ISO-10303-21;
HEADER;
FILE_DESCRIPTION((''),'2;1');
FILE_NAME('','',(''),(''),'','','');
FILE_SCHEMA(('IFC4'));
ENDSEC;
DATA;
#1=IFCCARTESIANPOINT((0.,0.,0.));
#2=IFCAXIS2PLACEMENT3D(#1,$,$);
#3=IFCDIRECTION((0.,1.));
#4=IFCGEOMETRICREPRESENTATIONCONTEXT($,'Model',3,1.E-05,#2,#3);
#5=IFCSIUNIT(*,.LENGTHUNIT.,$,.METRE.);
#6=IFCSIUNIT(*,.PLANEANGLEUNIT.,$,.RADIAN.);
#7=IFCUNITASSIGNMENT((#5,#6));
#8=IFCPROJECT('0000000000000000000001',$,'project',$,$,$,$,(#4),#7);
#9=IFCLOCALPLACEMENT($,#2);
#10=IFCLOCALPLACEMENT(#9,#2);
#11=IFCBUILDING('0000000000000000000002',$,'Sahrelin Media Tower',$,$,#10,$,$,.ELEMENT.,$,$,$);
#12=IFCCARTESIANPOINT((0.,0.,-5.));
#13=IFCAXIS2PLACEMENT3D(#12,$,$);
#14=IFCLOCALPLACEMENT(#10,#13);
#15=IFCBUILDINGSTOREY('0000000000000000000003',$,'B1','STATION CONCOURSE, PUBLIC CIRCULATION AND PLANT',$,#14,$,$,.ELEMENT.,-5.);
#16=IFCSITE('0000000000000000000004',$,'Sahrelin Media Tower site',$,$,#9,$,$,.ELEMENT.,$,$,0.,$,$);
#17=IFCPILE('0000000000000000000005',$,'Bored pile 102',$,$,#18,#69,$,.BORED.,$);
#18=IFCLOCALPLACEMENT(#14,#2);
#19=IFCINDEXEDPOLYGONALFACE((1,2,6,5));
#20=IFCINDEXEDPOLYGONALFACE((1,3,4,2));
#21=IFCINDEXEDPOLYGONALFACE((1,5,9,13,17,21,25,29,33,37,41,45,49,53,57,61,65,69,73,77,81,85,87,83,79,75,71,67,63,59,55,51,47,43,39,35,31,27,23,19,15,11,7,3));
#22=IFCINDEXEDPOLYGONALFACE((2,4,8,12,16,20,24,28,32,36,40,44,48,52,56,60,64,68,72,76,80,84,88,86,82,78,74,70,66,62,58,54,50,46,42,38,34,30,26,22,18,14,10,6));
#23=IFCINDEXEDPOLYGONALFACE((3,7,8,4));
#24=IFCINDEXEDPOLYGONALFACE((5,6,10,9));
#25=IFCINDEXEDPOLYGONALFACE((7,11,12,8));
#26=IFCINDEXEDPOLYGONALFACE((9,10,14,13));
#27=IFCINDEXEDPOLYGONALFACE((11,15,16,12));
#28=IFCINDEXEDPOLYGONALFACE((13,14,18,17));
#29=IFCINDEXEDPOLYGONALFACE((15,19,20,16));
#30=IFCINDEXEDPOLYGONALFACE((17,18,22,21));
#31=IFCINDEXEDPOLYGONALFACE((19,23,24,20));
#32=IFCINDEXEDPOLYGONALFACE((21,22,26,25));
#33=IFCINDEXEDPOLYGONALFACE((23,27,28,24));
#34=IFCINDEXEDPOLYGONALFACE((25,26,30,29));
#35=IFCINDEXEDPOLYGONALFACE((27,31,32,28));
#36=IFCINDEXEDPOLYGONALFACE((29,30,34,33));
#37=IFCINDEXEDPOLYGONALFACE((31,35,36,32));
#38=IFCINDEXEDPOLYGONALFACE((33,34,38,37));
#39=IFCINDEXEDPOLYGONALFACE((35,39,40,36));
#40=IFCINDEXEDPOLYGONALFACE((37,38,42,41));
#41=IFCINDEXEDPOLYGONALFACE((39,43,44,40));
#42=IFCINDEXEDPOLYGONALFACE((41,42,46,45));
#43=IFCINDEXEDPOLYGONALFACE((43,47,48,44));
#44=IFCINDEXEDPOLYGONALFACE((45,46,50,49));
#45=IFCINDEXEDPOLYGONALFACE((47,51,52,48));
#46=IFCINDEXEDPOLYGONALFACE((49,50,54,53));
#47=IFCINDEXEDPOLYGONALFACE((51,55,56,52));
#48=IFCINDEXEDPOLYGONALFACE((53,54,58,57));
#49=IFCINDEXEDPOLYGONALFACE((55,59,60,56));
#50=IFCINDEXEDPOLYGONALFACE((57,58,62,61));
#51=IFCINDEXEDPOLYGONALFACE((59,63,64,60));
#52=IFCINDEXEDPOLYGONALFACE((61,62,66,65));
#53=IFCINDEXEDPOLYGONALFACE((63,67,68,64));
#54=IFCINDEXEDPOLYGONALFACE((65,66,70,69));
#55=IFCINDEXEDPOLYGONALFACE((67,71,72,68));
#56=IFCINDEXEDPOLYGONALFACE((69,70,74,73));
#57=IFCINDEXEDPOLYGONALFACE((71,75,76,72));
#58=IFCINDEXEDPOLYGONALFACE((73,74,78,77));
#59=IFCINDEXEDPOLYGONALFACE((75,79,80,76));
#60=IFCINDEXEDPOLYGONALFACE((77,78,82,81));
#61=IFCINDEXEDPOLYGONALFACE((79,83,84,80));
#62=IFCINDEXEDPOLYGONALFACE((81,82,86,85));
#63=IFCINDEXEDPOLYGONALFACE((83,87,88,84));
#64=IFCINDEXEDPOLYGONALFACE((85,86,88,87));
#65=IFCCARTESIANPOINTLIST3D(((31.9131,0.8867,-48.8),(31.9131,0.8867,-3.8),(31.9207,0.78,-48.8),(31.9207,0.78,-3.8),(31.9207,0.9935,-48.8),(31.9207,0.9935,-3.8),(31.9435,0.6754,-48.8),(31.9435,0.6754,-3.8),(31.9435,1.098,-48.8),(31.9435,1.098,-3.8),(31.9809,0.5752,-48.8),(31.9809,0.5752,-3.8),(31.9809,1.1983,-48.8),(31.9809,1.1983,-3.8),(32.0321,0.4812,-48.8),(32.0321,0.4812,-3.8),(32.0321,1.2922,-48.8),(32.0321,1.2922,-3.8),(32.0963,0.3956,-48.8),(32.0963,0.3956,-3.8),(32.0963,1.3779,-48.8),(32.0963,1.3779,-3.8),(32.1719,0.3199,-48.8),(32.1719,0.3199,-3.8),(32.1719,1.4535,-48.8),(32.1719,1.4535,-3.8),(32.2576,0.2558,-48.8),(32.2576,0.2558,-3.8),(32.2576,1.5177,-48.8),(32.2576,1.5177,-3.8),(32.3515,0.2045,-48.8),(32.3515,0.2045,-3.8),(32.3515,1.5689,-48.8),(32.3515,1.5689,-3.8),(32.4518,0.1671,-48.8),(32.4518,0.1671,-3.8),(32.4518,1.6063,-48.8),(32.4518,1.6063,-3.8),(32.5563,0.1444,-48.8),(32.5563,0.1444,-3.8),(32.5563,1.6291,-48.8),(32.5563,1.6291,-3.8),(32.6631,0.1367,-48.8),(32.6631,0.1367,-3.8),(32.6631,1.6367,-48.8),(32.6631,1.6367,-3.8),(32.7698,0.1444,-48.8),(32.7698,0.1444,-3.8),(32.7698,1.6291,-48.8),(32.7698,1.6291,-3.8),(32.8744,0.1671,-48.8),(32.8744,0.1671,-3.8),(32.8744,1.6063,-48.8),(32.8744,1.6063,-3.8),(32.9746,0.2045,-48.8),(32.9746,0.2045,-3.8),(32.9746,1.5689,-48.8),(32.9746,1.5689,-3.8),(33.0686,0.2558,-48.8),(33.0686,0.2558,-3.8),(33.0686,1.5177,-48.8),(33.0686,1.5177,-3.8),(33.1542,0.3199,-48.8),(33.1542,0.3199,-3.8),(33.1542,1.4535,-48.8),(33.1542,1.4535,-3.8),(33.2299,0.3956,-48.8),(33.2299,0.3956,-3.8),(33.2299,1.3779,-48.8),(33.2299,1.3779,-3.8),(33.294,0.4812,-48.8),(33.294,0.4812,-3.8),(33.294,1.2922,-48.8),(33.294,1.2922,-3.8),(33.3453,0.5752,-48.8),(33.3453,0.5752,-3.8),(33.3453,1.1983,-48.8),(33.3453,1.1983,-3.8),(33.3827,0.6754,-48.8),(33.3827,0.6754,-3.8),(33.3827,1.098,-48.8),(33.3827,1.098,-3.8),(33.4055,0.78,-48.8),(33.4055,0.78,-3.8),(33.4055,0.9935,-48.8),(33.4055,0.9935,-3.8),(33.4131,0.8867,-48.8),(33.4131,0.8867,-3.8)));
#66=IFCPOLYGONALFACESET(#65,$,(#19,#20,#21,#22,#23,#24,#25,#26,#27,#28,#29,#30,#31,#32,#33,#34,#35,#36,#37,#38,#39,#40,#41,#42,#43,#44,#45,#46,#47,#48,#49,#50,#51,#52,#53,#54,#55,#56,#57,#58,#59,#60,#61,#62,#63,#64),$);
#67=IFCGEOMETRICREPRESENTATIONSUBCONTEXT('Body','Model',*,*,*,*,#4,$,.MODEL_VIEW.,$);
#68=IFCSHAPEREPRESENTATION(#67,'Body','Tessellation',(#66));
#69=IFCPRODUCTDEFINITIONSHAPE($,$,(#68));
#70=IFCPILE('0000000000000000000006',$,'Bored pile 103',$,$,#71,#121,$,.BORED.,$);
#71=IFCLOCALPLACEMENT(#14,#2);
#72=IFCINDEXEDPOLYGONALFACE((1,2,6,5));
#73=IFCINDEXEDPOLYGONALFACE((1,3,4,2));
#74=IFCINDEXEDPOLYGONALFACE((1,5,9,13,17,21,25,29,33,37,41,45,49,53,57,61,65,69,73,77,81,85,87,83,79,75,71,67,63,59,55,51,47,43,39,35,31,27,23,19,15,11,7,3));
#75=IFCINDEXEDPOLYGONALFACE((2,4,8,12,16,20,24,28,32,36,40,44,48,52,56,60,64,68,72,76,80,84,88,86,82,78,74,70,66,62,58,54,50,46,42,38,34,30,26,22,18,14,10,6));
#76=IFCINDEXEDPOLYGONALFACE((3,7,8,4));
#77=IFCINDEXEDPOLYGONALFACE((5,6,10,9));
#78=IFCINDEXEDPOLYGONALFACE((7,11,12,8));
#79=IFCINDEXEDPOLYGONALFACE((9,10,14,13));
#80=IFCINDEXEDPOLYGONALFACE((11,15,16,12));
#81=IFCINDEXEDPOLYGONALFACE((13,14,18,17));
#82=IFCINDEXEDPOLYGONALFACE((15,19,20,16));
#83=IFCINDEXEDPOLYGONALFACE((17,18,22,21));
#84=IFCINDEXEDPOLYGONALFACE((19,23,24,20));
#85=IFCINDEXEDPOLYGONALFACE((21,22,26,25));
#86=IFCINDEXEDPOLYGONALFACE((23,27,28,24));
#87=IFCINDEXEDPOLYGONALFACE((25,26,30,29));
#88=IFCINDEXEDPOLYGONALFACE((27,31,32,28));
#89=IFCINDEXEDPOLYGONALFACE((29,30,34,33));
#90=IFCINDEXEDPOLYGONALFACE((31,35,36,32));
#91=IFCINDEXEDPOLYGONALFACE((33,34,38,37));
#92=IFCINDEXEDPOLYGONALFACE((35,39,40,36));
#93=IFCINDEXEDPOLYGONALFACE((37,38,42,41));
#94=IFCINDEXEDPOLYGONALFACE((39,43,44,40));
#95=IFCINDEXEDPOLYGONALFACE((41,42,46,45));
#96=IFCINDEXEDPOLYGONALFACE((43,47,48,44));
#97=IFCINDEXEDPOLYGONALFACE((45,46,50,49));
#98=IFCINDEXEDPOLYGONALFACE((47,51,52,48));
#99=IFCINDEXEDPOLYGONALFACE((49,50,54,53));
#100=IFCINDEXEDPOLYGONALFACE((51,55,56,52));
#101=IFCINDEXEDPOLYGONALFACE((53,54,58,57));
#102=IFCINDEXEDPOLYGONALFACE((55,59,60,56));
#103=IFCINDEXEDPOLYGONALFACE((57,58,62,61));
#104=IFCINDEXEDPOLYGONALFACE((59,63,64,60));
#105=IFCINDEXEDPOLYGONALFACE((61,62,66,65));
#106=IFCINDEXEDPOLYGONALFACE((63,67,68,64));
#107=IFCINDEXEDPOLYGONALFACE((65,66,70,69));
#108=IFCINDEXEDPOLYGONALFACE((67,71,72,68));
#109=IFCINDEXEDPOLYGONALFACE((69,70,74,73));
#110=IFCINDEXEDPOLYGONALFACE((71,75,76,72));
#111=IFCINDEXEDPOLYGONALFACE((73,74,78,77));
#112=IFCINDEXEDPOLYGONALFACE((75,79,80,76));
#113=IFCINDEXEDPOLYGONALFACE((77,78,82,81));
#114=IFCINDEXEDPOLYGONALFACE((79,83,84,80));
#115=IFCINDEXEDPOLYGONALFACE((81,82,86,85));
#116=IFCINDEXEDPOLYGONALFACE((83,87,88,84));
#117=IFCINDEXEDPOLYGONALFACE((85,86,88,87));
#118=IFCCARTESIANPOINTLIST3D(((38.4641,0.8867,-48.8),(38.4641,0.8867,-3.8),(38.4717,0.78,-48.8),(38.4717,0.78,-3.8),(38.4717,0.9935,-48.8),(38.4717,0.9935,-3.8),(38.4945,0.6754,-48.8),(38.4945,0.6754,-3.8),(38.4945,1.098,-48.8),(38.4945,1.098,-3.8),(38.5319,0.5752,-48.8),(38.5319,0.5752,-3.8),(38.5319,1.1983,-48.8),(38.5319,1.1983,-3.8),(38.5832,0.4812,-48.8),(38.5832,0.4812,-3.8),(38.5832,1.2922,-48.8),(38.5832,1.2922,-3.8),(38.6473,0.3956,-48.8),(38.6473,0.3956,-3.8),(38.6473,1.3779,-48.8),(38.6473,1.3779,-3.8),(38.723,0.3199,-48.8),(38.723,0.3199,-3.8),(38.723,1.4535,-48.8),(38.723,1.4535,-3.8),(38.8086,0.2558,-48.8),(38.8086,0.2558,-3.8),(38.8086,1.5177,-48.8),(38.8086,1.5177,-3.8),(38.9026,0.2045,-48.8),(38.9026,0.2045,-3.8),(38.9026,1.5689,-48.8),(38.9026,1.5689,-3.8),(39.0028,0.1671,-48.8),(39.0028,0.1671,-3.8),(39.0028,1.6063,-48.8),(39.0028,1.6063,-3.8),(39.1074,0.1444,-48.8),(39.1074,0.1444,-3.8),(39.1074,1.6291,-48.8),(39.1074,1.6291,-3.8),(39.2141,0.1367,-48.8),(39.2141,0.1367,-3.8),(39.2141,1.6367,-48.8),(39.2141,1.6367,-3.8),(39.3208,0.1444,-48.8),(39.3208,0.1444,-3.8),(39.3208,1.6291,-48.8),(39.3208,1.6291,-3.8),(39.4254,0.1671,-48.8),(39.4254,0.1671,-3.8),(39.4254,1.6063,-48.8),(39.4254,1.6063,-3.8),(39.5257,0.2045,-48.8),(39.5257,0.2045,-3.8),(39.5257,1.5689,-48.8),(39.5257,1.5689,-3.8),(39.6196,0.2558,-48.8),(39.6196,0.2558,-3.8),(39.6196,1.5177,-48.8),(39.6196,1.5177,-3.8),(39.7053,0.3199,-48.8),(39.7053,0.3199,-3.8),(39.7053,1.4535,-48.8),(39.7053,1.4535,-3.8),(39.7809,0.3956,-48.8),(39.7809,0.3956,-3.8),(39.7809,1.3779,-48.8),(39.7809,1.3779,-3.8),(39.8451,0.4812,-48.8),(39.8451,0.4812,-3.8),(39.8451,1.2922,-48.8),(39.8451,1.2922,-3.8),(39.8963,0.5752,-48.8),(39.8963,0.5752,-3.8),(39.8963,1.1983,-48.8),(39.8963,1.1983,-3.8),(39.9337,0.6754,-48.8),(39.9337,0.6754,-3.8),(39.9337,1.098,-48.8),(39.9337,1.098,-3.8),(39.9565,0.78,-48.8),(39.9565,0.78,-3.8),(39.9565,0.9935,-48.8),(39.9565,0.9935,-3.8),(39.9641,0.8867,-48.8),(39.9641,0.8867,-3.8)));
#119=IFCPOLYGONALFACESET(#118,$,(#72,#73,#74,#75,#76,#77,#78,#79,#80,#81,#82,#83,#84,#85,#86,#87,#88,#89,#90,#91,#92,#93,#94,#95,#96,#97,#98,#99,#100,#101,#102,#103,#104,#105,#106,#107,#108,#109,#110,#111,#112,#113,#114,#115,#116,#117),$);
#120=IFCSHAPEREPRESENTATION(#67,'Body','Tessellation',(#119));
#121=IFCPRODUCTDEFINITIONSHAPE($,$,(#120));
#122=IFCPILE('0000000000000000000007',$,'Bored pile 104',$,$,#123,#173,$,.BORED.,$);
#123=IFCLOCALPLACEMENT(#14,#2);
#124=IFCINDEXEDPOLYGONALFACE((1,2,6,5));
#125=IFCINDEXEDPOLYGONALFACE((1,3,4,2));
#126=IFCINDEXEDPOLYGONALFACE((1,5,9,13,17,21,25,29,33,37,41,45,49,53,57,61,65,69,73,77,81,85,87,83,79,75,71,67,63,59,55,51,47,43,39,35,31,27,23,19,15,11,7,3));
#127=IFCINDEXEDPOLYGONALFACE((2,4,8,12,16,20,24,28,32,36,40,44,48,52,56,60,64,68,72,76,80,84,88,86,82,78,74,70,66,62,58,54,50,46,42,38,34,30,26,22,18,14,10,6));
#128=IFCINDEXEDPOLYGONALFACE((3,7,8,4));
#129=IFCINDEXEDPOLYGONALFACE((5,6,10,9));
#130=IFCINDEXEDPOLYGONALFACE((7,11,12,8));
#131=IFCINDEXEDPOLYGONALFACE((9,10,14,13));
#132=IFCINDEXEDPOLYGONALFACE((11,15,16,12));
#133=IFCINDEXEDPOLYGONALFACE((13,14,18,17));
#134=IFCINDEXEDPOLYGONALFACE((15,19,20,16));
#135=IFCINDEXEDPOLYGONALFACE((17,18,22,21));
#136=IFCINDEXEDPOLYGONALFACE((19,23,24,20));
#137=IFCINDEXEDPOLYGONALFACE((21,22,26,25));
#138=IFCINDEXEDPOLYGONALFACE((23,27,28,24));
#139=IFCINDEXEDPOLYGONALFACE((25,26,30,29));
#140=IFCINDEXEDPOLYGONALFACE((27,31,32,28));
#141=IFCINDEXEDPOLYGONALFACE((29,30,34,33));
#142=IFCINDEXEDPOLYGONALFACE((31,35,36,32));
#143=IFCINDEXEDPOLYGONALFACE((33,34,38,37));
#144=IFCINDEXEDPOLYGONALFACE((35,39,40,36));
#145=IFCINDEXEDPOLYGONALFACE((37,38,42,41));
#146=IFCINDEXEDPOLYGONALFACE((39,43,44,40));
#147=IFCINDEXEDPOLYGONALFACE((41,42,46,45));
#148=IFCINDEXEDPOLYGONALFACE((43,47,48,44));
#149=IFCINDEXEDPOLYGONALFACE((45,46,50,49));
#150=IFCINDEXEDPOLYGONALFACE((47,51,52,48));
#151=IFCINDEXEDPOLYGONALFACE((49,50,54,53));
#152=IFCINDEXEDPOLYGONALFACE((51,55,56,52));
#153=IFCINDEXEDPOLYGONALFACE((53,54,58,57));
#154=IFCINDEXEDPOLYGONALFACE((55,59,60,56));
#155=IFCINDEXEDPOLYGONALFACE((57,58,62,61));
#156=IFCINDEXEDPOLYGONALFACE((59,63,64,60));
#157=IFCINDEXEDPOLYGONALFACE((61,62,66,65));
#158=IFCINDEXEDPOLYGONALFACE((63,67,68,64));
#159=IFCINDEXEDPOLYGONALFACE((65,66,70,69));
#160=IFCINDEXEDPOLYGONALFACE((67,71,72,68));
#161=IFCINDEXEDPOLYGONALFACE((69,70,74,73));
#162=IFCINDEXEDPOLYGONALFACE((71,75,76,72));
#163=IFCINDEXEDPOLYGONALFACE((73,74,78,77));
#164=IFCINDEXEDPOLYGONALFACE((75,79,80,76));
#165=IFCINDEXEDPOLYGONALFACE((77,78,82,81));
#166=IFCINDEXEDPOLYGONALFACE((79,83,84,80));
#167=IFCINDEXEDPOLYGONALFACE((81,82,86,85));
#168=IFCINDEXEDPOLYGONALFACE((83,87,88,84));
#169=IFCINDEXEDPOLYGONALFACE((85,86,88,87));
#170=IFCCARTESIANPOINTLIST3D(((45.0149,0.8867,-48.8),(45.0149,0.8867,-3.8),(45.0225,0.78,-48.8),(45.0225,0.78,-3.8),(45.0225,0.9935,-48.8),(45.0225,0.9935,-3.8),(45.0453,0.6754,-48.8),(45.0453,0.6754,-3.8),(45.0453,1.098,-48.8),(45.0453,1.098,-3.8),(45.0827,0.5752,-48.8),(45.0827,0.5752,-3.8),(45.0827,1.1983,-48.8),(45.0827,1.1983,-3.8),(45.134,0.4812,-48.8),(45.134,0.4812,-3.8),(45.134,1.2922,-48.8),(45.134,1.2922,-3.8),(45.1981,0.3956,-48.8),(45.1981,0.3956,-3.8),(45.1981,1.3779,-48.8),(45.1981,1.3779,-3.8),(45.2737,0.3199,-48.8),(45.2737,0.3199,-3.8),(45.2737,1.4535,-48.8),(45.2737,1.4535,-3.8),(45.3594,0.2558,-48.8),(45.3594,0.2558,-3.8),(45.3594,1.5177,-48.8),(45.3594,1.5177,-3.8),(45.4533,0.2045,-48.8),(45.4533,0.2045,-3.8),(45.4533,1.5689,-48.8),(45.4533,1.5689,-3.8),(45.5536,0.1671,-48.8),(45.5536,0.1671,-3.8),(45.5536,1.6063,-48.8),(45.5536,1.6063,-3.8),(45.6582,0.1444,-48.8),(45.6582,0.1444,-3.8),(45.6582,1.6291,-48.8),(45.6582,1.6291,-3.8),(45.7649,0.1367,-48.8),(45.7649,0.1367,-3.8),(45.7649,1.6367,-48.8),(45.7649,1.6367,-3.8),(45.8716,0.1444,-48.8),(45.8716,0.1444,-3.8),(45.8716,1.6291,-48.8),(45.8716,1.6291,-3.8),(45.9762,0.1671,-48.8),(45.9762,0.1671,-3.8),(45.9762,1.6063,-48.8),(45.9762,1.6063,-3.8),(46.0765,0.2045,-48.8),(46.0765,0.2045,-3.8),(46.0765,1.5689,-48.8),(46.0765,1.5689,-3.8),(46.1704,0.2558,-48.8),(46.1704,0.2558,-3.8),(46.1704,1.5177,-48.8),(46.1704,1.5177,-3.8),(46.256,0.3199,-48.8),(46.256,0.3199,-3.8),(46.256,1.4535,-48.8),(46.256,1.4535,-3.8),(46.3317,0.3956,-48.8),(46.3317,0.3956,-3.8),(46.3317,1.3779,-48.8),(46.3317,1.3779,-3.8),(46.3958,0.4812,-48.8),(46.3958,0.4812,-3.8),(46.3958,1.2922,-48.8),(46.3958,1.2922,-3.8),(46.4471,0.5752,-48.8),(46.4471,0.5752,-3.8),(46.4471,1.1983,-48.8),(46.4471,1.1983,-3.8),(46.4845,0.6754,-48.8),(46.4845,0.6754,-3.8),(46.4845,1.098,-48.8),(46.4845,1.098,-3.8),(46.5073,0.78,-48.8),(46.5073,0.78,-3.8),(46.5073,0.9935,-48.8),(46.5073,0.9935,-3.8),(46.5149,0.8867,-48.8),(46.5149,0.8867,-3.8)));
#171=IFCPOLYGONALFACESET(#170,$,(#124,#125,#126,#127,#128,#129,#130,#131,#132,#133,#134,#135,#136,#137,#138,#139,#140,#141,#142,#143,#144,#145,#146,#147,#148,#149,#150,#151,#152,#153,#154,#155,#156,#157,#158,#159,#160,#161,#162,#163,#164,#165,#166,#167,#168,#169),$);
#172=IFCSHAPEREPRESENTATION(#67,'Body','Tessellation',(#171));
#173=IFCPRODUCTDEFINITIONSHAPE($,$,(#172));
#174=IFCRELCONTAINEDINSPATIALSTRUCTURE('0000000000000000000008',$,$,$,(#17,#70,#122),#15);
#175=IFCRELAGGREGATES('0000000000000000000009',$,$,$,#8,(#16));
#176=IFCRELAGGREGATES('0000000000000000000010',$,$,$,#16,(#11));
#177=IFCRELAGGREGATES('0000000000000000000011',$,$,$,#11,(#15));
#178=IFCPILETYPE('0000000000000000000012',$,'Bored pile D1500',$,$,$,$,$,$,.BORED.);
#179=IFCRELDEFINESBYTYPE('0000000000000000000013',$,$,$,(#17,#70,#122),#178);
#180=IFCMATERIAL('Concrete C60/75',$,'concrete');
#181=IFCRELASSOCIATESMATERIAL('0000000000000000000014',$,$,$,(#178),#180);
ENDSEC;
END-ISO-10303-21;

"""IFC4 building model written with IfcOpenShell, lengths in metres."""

from ifc_helpers import new_model, si_unit, direction, frame, origin, origin_2d, place, context, subcontext, project, spatial, circle, extrude, material, material_profile, profile_set, type_object, element, save


model = new_model("IFC4")

# Units and contexts
model_context = context("Model", 3, precision=1e-05, world=origin(), true_north=direction((0.0, 1.0)))
body_context = subcontext(model_context, "Body", "Model", "MODEL_VIEW")
ifc_project = project(units=[si_unit("LENGTHUNIT", "METRE"), si_unit("PLANEANGLEUNIT", "RADIAN")], contexts=[model_context])

# Site, building, storey
site_placement = place(None, origin())
site = spatial("IfcSite", under=ifc_project, at=site_placement, Name="Sahrelin Media Tower site", CompositionType="ELEMENT", RefElevation=0.0)
building_placement = place(site_placement, origin())
building = spatial("IfcBuilding", under=site, at=building_placement, Name="Sahrelin Media Tower", CompositionType="ELEMENT")
storey_placement = place(building_placement, frame((0.0, 0.0, -5.0)))
storey = spatial("IfcBuildingStorey", under=building, at=storey_placement, Name="B1", Description="STATION CONCOURSE, PUBLIC CIRCULATION AND PLANT", CompositionType="ELEMENT", Elevation=-5.0)

# Piles
ifc_material_1 = material(Name="Concrete C60/75", Category="concrete")
ifc_material_profile_1 = material_profile(ifc_material_1, circle(Radius=0.75, at=origin_2d()), Name="Bored pile D1500")
ifc_profile_set_1 = profile_set([ifc_material_profile_1], Name="Concrete C60/75")
pile_type = type_object("IfcPileType", Name="Bored pile D1500", PredefinedType="BORED", material=ifc_profile_set_1)
for number, where, z_axis, x_axis, name in (
    (1, (32.6631, 0.8867, -3.8), (0.0, 0.0, -1.0), (1.0, 0.0, 0.0), "Bored pile 102"),
    (2, (39.2141, 0.8867, -3.8), (0.0, 0.0, -1.0), (1.0, 0.0, 0.0), "Bored pile 103"),
    (3, (45.7649, 0.8867, -3.8), (0.0, 0.0, -1.0), (1.0, 0.0, 0.0), "Bored pile 104"),
):
    element("IfcPile", number, at=place(storey_placement, frame(where, z_axis=z_axis, x_axis=x_axis)), inside=storey, type_object=pile_type, Name=name, PredefinedType="BORED", context=body_context, shape_type="SweptSolid", body=[
        extrude(circle(Radius=0.75, at=origin_2d()), origin(), (0.0, 0.0, 1.0), 45.0),
    ])

save(model, "model.ifc")
